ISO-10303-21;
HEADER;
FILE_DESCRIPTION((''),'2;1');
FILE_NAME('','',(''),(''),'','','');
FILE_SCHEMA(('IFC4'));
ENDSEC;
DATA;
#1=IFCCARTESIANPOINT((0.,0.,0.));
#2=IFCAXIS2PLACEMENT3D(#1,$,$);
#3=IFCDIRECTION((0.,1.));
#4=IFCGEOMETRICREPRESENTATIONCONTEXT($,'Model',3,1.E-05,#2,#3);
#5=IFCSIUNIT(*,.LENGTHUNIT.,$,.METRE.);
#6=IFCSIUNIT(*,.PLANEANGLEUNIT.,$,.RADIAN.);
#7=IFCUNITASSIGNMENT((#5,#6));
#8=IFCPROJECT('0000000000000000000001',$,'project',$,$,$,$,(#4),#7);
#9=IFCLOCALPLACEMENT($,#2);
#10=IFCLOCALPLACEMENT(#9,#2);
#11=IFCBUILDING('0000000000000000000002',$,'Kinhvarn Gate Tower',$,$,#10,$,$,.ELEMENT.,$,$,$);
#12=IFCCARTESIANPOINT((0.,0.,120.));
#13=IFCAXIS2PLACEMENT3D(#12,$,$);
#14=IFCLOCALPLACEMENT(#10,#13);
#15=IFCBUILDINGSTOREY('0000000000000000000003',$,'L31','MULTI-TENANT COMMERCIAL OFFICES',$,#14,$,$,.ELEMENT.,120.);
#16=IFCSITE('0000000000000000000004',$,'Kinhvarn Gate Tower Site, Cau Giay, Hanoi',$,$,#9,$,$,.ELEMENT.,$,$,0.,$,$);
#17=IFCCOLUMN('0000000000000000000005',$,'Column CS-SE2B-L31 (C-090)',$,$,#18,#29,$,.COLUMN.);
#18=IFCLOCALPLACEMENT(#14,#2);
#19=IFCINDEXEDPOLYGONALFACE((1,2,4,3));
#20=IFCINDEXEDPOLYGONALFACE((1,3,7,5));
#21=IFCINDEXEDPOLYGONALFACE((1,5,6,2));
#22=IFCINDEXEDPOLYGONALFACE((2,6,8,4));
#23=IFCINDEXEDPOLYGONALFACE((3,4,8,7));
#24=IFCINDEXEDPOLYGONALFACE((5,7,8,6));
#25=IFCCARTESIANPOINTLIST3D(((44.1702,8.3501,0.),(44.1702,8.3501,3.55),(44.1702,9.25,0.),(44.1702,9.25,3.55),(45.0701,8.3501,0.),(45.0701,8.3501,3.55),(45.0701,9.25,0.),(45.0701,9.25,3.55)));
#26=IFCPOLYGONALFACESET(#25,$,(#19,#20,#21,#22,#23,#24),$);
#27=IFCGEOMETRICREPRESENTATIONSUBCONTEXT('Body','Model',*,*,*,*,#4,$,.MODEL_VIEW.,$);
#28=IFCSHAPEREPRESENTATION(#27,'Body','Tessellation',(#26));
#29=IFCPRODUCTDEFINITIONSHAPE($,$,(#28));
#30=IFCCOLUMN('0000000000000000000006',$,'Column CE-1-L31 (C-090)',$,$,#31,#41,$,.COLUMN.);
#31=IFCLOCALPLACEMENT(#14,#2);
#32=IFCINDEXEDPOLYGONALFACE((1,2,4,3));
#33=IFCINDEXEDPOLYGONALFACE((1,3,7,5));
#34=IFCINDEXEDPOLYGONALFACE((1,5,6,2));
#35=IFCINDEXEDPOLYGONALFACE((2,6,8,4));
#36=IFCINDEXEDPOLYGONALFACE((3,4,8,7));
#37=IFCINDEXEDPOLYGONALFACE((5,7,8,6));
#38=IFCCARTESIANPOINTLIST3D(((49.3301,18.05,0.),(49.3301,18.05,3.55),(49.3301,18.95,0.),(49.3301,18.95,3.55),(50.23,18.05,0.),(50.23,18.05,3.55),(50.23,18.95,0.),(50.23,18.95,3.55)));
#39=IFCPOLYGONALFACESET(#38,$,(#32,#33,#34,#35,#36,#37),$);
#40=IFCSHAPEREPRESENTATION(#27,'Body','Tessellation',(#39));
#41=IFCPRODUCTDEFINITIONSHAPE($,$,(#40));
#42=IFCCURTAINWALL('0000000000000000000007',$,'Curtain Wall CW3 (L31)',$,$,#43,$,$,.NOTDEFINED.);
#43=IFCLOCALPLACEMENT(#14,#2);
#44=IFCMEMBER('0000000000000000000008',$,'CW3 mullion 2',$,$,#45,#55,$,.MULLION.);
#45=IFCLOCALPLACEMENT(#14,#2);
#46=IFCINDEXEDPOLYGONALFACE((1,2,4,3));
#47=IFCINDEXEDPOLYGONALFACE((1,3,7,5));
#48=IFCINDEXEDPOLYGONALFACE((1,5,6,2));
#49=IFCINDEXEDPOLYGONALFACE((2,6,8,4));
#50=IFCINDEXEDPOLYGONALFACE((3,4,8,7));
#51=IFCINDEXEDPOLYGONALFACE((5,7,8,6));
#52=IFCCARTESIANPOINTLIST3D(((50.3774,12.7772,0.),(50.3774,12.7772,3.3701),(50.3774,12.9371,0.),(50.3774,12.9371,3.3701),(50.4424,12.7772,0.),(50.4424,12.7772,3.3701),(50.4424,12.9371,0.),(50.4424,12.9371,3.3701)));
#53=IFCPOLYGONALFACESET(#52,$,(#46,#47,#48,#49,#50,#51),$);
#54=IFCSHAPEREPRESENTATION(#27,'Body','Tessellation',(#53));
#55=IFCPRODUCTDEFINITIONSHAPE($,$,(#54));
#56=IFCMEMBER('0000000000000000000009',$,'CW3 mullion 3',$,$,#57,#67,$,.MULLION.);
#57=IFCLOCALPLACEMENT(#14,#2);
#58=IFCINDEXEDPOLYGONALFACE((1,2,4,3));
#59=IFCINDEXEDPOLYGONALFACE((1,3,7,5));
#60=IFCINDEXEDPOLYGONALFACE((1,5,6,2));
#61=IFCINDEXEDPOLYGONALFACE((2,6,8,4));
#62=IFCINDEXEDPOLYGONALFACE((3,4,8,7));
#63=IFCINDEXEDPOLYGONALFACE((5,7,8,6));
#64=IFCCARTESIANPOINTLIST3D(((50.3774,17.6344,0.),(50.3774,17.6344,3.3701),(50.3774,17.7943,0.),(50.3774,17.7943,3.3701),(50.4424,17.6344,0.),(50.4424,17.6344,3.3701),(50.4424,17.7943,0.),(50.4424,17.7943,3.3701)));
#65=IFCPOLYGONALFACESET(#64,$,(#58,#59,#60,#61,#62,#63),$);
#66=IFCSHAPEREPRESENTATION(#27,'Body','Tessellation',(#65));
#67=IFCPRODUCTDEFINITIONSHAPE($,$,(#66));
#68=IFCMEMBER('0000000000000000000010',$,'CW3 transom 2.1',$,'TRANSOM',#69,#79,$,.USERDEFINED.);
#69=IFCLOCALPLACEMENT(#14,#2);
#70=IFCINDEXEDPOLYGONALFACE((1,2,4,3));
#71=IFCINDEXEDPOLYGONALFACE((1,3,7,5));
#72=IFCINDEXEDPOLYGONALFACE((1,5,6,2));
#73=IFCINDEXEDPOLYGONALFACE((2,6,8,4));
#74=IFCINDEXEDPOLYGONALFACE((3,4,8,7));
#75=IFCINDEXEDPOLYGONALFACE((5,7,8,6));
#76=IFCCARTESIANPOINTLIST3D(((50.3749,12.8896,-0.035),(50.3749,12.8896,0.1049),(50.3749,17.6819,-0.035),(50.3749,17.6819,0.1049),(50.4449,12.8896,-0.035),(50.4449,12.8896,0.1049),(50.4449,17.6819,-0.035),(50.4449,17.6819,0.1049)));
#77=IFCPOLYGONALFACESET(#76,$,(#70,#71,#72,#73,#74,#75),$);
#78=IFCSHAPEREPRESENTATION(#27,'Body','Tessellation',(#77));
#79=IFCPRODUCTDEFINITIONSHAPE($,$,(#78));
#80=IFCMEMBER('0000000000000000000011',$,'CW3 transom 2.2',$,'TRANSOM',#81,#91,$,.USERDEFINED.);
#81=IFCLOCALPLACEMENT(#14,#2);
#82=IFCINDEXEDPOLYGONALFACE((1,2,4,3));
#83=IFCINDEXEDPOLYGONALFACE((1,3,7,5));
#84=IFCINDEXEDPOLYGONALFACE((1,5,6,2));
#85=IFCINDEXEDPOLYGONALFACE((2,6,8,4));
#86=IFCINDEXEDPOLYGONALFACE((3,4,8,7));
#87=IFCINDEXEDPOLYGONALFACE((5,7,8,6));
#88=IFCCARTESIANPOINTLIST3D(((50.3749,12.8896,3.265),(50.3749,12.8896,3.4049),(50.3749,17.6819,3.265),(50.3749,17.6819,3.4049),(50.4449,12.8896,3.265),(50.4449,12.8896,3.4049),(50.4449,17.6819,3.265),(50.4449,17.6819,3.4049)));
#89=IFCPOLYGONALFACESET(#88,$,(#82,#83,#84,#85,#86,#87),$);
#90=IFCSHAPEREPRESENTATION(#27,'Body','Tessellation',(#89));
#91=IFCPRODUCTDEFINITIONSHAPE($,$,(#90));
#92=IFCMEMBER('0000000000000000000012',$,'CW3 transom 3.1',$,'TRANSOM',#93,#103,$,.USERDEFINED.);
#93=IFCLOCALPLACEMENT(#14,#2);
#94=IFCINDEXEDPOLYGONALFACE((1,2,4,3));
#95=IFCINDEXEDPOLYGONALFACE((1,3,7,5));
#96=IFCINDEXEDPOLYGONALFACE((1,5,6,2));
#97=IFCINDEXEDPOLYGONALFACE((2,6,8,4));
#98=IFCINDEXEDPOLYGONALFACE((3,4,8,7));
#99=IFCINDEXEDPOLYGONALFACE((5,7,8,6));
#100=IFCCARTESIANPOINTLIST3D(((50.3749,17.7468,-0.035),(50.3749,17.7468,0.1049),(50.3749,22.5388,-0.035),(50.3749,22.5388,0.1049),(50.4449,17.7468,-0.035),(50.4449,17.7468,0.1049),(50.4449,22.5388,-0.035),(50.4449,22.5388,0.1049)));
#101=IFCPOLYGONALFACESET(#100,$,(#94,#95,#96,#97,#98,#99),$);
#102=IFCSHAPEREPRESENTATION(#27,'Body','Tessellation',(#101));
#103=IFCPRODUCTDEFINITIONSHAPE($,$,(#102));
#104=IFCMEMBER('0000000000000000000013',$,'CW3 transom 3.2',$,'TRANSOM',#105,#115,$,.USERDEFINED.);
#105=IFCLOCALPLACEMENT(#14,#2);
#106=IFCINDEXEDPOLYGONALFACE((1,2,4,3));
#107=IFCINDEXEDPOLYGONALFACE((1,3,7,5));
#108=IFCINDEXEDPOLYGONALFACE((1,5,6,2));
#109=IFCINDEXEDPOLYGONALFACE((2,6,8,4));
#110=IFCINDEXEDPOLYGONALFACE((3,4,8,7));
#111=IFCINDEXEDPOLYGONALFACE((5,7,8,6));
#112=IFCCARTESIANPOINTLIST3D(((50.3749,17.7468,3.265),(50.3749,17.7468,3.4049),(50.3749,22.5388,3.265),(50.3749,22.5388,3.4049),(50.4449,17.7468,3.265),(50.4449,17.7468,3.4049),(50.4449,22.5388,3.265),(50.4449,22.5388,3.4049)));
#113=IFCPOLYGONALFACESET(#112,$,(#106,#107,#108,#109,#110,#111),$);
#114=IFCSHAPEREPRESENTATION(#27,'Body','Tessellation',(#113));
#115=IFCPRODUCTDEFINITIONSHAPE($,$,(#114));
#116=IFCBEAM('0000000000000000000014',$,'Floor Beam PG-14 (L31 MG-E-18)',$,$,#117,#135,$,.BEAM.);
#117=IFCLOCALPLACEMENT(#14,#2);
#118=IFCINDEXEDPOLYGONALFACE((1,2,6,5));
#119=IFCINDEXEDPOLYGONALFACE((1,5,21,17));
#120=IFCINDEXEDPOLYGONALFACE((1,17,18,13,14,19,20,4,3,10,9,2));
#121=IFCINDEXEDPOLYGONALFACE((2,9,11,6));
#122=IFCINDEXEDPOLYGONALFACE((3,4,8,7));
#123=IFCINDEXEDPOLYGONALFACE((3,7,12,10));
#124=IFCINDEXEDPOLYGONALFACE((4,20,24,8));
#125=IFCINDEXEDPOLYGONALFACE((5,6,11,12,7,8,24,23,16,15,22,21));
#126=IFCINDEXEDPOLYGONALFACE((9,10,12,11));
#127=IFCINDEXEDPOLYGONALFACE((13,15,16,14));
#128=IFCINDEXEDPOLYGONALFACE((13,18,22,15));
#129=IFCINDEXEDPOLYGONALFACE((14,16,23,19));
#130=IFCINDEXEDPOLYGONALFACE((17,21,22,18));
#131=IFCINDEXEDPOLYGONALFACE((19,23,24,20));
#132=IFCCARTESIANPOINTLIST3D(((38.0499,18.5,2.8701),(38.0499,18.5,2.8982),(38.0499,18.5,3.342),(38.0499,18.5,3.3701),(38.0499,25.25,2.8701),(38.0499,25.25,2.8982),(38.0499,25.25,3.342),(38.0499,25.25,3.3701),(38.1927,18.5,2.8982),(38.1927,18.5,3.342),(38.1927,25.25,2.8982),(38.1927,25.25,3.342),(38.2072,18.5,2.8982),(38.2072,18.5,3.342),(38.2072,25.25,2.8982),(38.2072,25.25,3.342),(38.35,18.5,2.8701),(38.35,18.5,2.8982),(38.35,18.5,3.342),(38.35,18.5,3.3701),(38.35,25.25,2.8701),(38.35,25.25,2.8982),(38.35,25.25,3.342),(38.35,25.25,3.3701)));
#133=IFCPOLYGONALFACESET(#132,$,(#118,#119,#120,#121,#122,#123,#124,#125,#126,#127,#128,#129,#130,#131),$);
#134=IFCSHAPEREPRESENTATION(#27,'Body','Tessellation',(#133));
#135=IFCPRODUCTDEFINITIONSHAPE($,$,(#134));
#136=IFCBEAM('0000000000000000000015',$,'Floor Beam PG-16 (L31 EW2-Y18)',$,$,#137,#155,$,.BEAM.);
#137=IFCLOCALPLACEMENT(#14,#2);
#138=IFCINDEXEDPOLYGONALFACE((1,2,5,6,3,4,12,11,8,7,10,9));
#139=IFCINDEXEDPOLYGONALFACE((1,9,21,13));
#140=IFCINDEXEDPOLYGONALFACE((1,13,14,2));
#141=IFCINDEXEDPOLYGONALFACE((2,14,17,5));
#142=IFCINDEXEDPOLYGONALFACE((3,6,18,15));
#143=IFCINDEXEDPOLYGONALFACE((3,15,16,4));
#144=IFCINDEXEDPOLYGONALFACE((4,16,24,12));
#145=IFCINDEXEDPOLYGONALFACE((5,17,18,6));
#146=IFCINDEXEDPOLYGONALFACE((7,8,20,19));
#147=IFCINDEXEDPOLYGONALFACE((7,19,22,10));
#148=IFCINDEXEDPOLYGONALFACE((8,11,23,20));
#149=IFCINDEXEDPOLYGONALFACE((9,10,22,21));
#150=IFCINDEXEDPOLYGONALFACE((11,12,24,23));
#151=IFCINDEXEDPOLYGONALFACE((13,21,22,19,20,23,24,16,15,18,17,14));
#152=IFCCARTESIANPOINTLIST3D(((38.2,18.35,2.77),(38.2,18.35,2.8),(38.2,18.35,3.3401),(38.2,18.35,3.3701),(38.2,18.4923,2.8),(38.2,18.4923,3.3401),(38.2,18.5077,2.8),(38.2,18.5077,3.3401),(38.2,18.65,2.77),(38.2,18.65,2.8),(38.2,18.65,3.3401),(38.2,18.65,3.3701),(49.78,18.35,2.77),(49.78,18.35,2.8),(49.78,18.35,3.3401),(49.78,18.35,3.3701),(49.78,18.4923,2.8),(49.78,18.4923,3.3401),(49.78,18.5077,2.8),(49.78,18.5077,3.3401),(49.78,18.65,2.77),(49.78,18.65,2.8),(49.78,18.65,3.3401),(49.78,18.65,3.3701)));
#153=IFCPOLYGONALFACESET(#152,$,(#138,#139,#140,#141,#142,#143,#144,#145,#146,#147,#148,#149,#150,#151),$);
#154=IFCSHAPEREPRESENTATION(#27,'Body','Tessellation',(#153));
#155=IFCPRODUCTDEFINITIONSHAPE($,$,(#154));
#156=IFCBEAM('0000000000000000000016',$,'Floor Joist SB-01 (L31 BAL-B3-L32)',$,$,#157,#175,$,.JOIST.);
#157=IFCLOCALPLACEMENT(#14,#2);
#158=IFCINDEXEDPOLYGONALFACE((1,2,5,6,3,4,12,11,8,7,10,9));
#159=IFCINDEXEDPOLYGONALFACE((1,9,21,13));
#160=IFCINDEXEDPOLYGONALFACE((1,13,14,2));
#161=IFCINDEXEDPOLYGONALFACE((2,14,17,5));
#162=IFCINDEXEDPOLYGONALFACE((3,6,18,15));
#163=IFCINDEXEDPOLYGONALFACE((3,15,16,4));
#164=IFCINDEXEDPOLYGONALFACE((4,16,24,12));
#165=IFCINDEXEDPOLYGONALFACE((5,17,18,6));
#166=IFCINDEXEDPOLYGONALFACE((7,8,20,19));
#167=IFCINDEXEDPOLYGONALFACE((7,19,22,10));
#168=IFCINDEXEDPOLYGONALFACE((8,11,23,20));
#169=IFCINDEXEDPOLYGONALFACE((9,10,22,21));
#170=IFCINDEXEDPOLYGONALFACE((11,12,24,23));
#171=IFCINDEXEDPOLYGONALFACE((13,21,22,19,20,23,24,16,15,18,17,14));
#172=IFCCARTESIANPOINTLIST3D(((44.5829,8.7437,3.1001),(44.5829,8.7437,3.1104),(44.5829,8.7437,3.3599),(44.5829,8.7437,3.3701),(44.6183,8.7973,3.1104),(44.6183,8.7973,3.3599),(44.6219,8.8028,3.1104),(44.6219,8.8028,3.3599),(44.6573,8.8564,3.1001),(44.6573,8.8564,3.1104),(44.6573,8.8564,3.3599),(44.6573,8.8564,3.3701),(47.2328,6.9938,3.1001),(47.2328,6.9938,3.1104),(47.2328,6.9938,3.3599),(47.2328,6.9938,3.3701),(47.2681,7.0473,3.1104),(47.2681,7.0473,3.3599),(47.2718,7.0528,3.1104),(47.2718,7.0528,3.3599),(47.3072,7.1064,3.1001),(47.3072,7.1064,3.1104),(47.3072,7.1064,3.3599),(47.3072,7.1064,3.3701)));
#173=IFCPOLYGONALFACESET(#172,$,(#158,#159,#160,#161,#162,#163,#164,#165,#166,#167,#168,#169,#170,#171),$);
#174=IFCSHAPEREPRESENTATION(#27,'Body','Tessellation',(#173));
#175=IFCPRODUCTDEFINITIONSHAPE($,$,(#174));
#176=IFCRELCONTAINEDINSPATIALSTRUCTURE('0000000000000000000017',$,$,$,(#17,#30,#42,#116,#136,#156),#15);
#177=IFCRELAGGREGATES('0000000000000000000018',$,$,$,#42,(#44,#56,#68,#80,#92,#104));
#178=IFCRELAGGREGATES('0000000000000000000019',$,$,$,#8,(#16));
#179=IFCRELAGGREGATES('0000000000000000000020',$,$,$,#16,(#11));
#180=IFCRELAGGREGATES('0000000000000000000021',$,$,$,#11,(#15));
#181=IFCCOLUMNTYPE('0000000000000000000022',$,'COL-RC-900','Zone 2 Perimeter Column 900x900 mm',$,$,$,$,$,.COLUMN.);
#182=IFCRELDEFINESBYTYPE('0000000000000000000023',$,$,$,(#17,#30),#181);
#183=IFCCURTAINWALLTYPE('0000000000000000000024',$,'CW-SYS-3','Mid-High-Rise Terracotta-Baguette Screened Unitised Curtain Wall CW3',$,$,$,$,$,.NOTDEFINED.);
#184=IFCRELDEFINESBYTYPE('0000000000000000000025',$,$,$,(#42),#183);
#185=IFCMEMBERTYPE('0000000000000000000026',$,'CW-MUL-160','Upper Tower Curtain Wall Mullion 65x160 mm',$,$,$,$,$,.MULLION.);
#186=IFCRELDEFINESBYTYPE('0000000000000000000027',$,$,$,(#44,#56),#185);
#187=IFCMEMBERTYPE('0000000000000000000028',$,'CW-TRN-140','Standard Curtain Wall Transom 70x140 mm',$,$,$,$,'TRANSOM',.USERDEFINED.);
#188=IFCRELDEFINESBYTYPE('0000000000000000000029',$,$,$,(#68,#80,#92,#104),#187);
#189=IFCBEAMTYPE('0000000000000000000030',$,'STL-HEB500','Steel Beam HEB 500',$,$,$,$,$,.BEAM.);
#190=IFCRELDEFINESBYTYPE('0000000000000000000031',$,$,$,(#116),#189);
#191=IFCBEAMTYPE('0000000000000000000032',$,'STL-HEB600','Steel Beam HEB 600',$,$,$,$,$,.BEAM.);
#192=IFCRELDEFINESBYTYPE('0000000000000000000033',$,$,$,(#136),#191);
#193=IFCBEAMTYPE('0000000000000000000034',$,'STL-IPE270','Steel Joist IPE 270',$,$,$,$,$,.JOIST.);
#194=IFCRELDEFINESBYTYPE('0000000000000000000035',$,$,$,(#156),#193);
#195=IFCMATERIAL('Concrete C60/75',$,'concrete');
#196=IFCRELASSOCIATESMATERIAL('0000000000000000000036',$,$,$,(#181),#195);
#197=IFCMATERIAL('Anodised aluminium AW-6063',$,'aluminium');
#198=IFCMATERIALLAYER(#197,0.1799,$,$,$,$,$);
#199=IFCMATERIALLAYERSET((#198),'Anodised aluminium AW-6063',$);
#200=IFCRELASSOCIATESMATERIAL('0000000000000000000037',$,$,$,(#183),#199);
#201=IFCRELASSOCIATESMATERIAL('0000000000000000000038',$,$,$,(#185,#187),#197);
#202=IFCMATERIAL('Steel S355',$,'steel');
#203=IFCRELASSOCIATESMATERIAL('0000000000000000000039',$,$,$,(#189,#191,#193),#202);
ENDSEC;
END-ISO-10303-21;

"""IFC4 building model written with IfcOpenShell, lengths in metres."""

from ifc_helpers import new_model, si_unit, direction, frame, origin, origin_2d, place, context, subcontext, project, spatial, rectangle, i_section, extrude, material, layer, layer_set, material_profile, profile_set, type_object, element, aggregate, save


model = new_model("IFC4")

# Units and contexts
model_context = context("Model", 3, precision=1e-05, world=origin(), true_north=direction((0.0, 1.0)))
body_context = subcontext(model_context, "Body", "Model", "MODEL_VIEW")
ifc_project = project(units=[si_unit("LENGTHUNIT", "METRE"), si_unit("PLANEANGLEUNIT", "RADIAN")], contexts=[model_context])

# Site, building, storey
site_placement = place(None, origin())
site = spatial("IfcSite", under=ifc_project, at=site_placement, Name="Kinhvarn Gate Tower Site, Cau Giay, Hanoi", CompositionType="ELEMENT", RefElevation=0.0)
building_placement = place(site_placement, origin())
building = spatial("IfcBuilding", under=site, at=building_placement, Name="Kinhvarn Gate Tower", CompositionType="ELEMENT")
storey_placement = place(building_placement, frame((0.0, 0.0, 120.0)))
storey = spatial("IfcBuildingStorey", under=building, at=storey_placement, Name="L31", Description="MULTI-TENANT COMMERCIAL OFFICES", CompositionType="ELEMENT", Elevation=120.0)

# Columns
ifc_material_1 = material(Name="Concrete C60/75", Category="concrete")
ifc_material_profile_1 = material_profile(ifc_material_1, rectangle(XDim=0.8999, YDim=0.8999, at=origin_2d()), Name="RC 900x900")
ifc_profile_set_1 = profile_set([ifc_material_profile_1], Name="Concrete C60/75")
column_type = type_object("IfcColumnType", Name="COL-RC-900", Description="Zone 2 Perimeter Column 900x900 mm", PredefinedType="COLUMN", material=ifc_profile_set_1)
for number, where, z_axis, x_axis, name in (
    (1, (44.6201, 8.8, 0.0), (0.0, 0.0, 1.0), (1.0, 0.0, 0.0), "Column CS-SE2B-L31 (C-090)"),
    (2, (49.78, 18.5, 0.0), (0.0, 0.0, 1.0), (1.0, 0.0, 0.0), "Column CE-1-L31 (C-090)"),
):
    element("IfcColumn", number, at=place(storey_placement, frame(where, z_axis=z_axis, x_axis=x_axis)), inside=storey, type_object=column_type, Name=name, PredefinedType="COLUMN", context=body_context, shape_type="SweptSolid", body=[
        extrude(rectangle(XDim=0.8999, YDim=0.8999, at=origin_2d()), origin(), (0.0, 0.0, 1.0), 3.55),
    ])

# Curtain wall, members
ifc_material_2 = material(Name="Anodised aluminium AW-6063", Category="aluminium")
ifc_layer_1 = layer(ifc_material_2, 0.1799)
ifc_layer_set_1 = layer_set([ifc_layer_1], Name="Anodised aluminium AW-6063")
curtain_wall_type = type_object("IfcCurtainWallType", Name="CW-SYS-3", Description="Mid-High-Rise Terracotta-Baguette Screened Unitised Curtain Wall CW3", PredefinedType="NOTDEFINED", material=ifc_layer_set_1)
curtain_wall_placement = place(storey_placement, origin())
curtain_wall = element("IfcCurtainWall", 3, at=curtain_wall_placement, inside=storey, type_object=curtain_wall_type, Name="Curtain Wall CW3 (L31)", PredefinedType="NOTDEFINED")
ifc_material_profile_2 = material_profile(ifc_material_2, rectangle(XDim=0.0649, YDim=0.1599, at=origin_2d()), Name="ALU 65x160")
ifc_profile_set_2 = profile_set([ifc_material_profile_2], Name="Anodised aluminium AW-6063")
member_type_1 = type_object("IfcMemberType", Name="CW-MUL-160", Description="Upper Tower Curtain Wall Mullion 65x160 mm", PredefinedType="MULLION", material=ifc_profile_set_2)
member_1_placement = place(storey_placement, frame((50.4099, 12.8572, 0.0), z_axis=(0.0, 0.0, 1.0), x_axis=(-1.0, 0.0, 0.0)))
member_1 = element("IfcMember", 4, at=member_1_placement, type_object=member_type_1, Name="CW3 mullion 2", PredefinedType="MULLION", context=body_context, shape_type="SweptSolid", body=[
    extrude(rectangle(XDim=0.0649, YDim=0.1599, at=origin_2d()), origin(), (0.0, 0.0, 1.0), 3.3701),
])
member_2_placement = place(storey_placement, frame((50.4099, 17.7144, 0.0), z_axis=(0.0, 0.0, 1.0), x_axis=(-1.0, 0.0, 0.0)))
member_2 = element("IfcMember", 5, at=member_2_placement, type_object=member_type_1, Name="CW3 mullion 3", PredefinedType="MULLION", context=body_context, shape_type="SweptSolid", body=[
    extrude(rectangle(XDim=0.0649, YDim=0.1599, at=origin_2d()), origin(), (0.0, 0.0, 1.0), 3.3701),
])
ifc_material_profile_3 = material_profile(ifc_material_2, rectangle(XDim=0.0701, YDim=0.1399, at=origin_2d()), Name="ALU 70x140")
ifc_profile_set_3 = profile_set([ifc_material_profile_3], Name="Anodised aluminium AW-6063")
member_type_2 = type_object("IfcMemberType", Name="CW-TRN-140", Description="Standard Curtain Wall Transom 70x140 mm", ElementType="TRANSOM", PredefinedType="USERDEFINED", material=ifc_profile_set_3)
member_3_placement = place(storey_placement, frame((50.4099, 12.8896, 0.0349), z_axis=(0.0, 1.0, 0.0), x_axis=(-1.0, 0.0, 0.0)))
member_3 = element("IfcMember", 6, at=member_3_placement, type_object=member_type_2, Name="CW3 transom 2.1", ObjectType="TRANSOM", PredefinedType="USERDEFINED", context=body_context, shape_type="SweptSolid", body=[
    extrude(rectangle(XDim=0.0701, YDim=0.1399, at=origin_2d()), origin(), (0.0, 0.0, 1.0), 4.7922),
])
member_4_placement = place(storey_placement, frame((50.4099, 12.8896, 3.335), z_axis=(0.0, 1.0, 0.0), x_axis=(-1.0, 0.0, 0.0)))
member_4 = element("IfcMember", 7, at=member_4_placement, type_object=member_type_2, Name="CW3 transom 2.2", ObjectType="TRANSOM", PredefinedType="USERDEFINED", context=body_context, shape_type="SweptSolid", body=[
    extrude(rectangle(XDim=0.0701, YDim=0.1399, at=origin_2d()), origin(), (0.0, 0.0, 1.0), 4.7922),
])
member_5_placement = place(storey_placement, frame((50.4099, 17.7468, 0.0349), z_axis=(0.0, 1.0, 0.0), x_axis=(-1.0, 0.0, 0.0)))
member_5 = element("IfcMember", 8, at=member_5_placement, type_object=member_type_2, Name="CW3 transom 3.1", ObjectType="TRANSOM", PredefinedType="USERDEFINED", context=body_context, shape_type="SweptSolid", body=[
    extrude(rectangle(XDim=0.0701, YDim=0.1399, at=origin_2d()), origin(), (0.0, 0.0, 1.0), 4.792),
])
member_6_placement = place(storey_placement, frame((50.4099, 17.7468, 3.335), z_axis=(0.0, 1.0, 0.0), x_axis=(-1.0, 0.0, 0.0)))
member_6 = element("IfcMember", 9, at=member_6_placement, type_object=member_type_2, Name="CW3 transom 3.2", ObjectType="TRANSOM", PredefinedType="USERDEFINED", context=body_context, shape_type="SweptSolid", body=[
    extrude(rectangle(XDim=0.0701, YDim=0.1399, at=origin_2d()), origin(), (0.0, 0.0, 1.0), 4.792),
])

# Beams
ifc_material_3 = material(Name="Steel S355", Category="steel")
ifc_material_profile_4 = material_profile(ifc_material_3, i_section(OverallWidth=0.3, OverallDepth=0.5, WebThickness=0.0144, FlangeThickness=0.0281, at=origin_2d()), Name="HEB 500")
ifc_profile_set_4 = profile_set([ifc_material_profile_4], Name="Steel S355")
beam_type_1 = type_object("IfcBeamType", Name="STL-HEB500", Description="Steel Beam HEB 500", PredefinedType="BEAM", material=ifc_profile_set_4)
beam_1_placement = place(storey_placement, frame((38.2, 18.5, 3.1201), z_axis=(0.0, 1.0, 0.0), x_axis=(-1.0, 0.0, 0.0)))
element("IfcBeam", 10, at=beam_1_placement, inside=storey, type_object=beam_type_1, Name="Floor Beam PG-14 (L31 MG-E-18)", PredefinedType="BEAM", context=body_context, shape_type="SweptSolid", body=[
    extrude(i_section(OverallWidth=0.3, OverallDepth=0.5, WebThickness=0.0144, FlangeThickness=0.0281, at=origin_2d()), origin(), (0.0, 0.0, 1.0), 6.75),
])
ifc_material_profile_5 = material_profile(ifc_material_3, i_section(OverallWidth=0.3, OverallDepth=0.6001, WebThickness=0.0154, FlangeThickness=0.03, at=origin_2d()), Name="HEB 600")
ifc_profile_set_5 = profile_set([ifc_material_profile_5], Name="Steel S355")
beam_type_2 = type_object("IfcBeamType", Name="STL-HEB600", Description="Steel Beam HEB 600", PredefinedType="BEAM", material=ifc_profile_set_5)
beam_2_placement = place(storey_placement, frame((38.2, 18.5, 3.0701), z_axis=(1.0, 0.0, 0.0), x_axis=(0.0, 1.0, 0.0)))
element("IfcBeam", 11, at=beam_2_placement, inside=storey, type_object=beam_type_2, Name="Floor Beam PG-16 (L31 EW2-Y18)", PredefinedType="BEAM", context=body_context, shape_type="SweptSolid", body=[
    extrude(i_section(OverallWidth=0.3, OverallDepth=0.6001, WebThickness=0.0154, FlangeThickness=0.03, at=origin_2d()), origin(), (0.0, 0.0, 1.0), 11.5801),
])
ifc_material_profile_6 = material_profile(ifc_material_3, i_section(OverallWidth=0.135, OverallDepth=0.27, WebThickness=0.0066, FlangeThickness=0.0103, at=origin_2d()), Name="IPE 270")
ifc_profile_set_6 = profile_set([ifc_material_profile_6], Name="Steel S355")
beam_type_3 = type_object("IfcBeamType", Name="STL-IPE270", Description="Steel Joist IPE 270", PredefinedType="JOIST", material=ifc_profile_set_6)
beam_3_placement = place(storey_placement, frame((44.6201, 8.8, 3.2351), z_axis=(0.834455, -0.551076, 0.0), x_axis=(0.551076, 0.834455, 0.0)))
element("IfcBeam", 12, at=beam_3_placement, inside=storey, type_object=beam_type_3, Name="Floor Joist SB-01 (L31 BAL-B3-L32)", PredefinedType="JOIST", context=body_context, shape_type="SweptSolid", body=[
    extrude(i_section(OverallWidth=0.135, OverallDepth=0.27, WebThickness=0.0066, FlangeThickness=0.0103, at=origin_2d()), origin(), (0.0, 0.0, 1.0), 3.1755),
])

aggregate(curtain_wall, [member_1, member_2, member_3, member_4, member_5, member_6])

save(model, "model.ifc")
